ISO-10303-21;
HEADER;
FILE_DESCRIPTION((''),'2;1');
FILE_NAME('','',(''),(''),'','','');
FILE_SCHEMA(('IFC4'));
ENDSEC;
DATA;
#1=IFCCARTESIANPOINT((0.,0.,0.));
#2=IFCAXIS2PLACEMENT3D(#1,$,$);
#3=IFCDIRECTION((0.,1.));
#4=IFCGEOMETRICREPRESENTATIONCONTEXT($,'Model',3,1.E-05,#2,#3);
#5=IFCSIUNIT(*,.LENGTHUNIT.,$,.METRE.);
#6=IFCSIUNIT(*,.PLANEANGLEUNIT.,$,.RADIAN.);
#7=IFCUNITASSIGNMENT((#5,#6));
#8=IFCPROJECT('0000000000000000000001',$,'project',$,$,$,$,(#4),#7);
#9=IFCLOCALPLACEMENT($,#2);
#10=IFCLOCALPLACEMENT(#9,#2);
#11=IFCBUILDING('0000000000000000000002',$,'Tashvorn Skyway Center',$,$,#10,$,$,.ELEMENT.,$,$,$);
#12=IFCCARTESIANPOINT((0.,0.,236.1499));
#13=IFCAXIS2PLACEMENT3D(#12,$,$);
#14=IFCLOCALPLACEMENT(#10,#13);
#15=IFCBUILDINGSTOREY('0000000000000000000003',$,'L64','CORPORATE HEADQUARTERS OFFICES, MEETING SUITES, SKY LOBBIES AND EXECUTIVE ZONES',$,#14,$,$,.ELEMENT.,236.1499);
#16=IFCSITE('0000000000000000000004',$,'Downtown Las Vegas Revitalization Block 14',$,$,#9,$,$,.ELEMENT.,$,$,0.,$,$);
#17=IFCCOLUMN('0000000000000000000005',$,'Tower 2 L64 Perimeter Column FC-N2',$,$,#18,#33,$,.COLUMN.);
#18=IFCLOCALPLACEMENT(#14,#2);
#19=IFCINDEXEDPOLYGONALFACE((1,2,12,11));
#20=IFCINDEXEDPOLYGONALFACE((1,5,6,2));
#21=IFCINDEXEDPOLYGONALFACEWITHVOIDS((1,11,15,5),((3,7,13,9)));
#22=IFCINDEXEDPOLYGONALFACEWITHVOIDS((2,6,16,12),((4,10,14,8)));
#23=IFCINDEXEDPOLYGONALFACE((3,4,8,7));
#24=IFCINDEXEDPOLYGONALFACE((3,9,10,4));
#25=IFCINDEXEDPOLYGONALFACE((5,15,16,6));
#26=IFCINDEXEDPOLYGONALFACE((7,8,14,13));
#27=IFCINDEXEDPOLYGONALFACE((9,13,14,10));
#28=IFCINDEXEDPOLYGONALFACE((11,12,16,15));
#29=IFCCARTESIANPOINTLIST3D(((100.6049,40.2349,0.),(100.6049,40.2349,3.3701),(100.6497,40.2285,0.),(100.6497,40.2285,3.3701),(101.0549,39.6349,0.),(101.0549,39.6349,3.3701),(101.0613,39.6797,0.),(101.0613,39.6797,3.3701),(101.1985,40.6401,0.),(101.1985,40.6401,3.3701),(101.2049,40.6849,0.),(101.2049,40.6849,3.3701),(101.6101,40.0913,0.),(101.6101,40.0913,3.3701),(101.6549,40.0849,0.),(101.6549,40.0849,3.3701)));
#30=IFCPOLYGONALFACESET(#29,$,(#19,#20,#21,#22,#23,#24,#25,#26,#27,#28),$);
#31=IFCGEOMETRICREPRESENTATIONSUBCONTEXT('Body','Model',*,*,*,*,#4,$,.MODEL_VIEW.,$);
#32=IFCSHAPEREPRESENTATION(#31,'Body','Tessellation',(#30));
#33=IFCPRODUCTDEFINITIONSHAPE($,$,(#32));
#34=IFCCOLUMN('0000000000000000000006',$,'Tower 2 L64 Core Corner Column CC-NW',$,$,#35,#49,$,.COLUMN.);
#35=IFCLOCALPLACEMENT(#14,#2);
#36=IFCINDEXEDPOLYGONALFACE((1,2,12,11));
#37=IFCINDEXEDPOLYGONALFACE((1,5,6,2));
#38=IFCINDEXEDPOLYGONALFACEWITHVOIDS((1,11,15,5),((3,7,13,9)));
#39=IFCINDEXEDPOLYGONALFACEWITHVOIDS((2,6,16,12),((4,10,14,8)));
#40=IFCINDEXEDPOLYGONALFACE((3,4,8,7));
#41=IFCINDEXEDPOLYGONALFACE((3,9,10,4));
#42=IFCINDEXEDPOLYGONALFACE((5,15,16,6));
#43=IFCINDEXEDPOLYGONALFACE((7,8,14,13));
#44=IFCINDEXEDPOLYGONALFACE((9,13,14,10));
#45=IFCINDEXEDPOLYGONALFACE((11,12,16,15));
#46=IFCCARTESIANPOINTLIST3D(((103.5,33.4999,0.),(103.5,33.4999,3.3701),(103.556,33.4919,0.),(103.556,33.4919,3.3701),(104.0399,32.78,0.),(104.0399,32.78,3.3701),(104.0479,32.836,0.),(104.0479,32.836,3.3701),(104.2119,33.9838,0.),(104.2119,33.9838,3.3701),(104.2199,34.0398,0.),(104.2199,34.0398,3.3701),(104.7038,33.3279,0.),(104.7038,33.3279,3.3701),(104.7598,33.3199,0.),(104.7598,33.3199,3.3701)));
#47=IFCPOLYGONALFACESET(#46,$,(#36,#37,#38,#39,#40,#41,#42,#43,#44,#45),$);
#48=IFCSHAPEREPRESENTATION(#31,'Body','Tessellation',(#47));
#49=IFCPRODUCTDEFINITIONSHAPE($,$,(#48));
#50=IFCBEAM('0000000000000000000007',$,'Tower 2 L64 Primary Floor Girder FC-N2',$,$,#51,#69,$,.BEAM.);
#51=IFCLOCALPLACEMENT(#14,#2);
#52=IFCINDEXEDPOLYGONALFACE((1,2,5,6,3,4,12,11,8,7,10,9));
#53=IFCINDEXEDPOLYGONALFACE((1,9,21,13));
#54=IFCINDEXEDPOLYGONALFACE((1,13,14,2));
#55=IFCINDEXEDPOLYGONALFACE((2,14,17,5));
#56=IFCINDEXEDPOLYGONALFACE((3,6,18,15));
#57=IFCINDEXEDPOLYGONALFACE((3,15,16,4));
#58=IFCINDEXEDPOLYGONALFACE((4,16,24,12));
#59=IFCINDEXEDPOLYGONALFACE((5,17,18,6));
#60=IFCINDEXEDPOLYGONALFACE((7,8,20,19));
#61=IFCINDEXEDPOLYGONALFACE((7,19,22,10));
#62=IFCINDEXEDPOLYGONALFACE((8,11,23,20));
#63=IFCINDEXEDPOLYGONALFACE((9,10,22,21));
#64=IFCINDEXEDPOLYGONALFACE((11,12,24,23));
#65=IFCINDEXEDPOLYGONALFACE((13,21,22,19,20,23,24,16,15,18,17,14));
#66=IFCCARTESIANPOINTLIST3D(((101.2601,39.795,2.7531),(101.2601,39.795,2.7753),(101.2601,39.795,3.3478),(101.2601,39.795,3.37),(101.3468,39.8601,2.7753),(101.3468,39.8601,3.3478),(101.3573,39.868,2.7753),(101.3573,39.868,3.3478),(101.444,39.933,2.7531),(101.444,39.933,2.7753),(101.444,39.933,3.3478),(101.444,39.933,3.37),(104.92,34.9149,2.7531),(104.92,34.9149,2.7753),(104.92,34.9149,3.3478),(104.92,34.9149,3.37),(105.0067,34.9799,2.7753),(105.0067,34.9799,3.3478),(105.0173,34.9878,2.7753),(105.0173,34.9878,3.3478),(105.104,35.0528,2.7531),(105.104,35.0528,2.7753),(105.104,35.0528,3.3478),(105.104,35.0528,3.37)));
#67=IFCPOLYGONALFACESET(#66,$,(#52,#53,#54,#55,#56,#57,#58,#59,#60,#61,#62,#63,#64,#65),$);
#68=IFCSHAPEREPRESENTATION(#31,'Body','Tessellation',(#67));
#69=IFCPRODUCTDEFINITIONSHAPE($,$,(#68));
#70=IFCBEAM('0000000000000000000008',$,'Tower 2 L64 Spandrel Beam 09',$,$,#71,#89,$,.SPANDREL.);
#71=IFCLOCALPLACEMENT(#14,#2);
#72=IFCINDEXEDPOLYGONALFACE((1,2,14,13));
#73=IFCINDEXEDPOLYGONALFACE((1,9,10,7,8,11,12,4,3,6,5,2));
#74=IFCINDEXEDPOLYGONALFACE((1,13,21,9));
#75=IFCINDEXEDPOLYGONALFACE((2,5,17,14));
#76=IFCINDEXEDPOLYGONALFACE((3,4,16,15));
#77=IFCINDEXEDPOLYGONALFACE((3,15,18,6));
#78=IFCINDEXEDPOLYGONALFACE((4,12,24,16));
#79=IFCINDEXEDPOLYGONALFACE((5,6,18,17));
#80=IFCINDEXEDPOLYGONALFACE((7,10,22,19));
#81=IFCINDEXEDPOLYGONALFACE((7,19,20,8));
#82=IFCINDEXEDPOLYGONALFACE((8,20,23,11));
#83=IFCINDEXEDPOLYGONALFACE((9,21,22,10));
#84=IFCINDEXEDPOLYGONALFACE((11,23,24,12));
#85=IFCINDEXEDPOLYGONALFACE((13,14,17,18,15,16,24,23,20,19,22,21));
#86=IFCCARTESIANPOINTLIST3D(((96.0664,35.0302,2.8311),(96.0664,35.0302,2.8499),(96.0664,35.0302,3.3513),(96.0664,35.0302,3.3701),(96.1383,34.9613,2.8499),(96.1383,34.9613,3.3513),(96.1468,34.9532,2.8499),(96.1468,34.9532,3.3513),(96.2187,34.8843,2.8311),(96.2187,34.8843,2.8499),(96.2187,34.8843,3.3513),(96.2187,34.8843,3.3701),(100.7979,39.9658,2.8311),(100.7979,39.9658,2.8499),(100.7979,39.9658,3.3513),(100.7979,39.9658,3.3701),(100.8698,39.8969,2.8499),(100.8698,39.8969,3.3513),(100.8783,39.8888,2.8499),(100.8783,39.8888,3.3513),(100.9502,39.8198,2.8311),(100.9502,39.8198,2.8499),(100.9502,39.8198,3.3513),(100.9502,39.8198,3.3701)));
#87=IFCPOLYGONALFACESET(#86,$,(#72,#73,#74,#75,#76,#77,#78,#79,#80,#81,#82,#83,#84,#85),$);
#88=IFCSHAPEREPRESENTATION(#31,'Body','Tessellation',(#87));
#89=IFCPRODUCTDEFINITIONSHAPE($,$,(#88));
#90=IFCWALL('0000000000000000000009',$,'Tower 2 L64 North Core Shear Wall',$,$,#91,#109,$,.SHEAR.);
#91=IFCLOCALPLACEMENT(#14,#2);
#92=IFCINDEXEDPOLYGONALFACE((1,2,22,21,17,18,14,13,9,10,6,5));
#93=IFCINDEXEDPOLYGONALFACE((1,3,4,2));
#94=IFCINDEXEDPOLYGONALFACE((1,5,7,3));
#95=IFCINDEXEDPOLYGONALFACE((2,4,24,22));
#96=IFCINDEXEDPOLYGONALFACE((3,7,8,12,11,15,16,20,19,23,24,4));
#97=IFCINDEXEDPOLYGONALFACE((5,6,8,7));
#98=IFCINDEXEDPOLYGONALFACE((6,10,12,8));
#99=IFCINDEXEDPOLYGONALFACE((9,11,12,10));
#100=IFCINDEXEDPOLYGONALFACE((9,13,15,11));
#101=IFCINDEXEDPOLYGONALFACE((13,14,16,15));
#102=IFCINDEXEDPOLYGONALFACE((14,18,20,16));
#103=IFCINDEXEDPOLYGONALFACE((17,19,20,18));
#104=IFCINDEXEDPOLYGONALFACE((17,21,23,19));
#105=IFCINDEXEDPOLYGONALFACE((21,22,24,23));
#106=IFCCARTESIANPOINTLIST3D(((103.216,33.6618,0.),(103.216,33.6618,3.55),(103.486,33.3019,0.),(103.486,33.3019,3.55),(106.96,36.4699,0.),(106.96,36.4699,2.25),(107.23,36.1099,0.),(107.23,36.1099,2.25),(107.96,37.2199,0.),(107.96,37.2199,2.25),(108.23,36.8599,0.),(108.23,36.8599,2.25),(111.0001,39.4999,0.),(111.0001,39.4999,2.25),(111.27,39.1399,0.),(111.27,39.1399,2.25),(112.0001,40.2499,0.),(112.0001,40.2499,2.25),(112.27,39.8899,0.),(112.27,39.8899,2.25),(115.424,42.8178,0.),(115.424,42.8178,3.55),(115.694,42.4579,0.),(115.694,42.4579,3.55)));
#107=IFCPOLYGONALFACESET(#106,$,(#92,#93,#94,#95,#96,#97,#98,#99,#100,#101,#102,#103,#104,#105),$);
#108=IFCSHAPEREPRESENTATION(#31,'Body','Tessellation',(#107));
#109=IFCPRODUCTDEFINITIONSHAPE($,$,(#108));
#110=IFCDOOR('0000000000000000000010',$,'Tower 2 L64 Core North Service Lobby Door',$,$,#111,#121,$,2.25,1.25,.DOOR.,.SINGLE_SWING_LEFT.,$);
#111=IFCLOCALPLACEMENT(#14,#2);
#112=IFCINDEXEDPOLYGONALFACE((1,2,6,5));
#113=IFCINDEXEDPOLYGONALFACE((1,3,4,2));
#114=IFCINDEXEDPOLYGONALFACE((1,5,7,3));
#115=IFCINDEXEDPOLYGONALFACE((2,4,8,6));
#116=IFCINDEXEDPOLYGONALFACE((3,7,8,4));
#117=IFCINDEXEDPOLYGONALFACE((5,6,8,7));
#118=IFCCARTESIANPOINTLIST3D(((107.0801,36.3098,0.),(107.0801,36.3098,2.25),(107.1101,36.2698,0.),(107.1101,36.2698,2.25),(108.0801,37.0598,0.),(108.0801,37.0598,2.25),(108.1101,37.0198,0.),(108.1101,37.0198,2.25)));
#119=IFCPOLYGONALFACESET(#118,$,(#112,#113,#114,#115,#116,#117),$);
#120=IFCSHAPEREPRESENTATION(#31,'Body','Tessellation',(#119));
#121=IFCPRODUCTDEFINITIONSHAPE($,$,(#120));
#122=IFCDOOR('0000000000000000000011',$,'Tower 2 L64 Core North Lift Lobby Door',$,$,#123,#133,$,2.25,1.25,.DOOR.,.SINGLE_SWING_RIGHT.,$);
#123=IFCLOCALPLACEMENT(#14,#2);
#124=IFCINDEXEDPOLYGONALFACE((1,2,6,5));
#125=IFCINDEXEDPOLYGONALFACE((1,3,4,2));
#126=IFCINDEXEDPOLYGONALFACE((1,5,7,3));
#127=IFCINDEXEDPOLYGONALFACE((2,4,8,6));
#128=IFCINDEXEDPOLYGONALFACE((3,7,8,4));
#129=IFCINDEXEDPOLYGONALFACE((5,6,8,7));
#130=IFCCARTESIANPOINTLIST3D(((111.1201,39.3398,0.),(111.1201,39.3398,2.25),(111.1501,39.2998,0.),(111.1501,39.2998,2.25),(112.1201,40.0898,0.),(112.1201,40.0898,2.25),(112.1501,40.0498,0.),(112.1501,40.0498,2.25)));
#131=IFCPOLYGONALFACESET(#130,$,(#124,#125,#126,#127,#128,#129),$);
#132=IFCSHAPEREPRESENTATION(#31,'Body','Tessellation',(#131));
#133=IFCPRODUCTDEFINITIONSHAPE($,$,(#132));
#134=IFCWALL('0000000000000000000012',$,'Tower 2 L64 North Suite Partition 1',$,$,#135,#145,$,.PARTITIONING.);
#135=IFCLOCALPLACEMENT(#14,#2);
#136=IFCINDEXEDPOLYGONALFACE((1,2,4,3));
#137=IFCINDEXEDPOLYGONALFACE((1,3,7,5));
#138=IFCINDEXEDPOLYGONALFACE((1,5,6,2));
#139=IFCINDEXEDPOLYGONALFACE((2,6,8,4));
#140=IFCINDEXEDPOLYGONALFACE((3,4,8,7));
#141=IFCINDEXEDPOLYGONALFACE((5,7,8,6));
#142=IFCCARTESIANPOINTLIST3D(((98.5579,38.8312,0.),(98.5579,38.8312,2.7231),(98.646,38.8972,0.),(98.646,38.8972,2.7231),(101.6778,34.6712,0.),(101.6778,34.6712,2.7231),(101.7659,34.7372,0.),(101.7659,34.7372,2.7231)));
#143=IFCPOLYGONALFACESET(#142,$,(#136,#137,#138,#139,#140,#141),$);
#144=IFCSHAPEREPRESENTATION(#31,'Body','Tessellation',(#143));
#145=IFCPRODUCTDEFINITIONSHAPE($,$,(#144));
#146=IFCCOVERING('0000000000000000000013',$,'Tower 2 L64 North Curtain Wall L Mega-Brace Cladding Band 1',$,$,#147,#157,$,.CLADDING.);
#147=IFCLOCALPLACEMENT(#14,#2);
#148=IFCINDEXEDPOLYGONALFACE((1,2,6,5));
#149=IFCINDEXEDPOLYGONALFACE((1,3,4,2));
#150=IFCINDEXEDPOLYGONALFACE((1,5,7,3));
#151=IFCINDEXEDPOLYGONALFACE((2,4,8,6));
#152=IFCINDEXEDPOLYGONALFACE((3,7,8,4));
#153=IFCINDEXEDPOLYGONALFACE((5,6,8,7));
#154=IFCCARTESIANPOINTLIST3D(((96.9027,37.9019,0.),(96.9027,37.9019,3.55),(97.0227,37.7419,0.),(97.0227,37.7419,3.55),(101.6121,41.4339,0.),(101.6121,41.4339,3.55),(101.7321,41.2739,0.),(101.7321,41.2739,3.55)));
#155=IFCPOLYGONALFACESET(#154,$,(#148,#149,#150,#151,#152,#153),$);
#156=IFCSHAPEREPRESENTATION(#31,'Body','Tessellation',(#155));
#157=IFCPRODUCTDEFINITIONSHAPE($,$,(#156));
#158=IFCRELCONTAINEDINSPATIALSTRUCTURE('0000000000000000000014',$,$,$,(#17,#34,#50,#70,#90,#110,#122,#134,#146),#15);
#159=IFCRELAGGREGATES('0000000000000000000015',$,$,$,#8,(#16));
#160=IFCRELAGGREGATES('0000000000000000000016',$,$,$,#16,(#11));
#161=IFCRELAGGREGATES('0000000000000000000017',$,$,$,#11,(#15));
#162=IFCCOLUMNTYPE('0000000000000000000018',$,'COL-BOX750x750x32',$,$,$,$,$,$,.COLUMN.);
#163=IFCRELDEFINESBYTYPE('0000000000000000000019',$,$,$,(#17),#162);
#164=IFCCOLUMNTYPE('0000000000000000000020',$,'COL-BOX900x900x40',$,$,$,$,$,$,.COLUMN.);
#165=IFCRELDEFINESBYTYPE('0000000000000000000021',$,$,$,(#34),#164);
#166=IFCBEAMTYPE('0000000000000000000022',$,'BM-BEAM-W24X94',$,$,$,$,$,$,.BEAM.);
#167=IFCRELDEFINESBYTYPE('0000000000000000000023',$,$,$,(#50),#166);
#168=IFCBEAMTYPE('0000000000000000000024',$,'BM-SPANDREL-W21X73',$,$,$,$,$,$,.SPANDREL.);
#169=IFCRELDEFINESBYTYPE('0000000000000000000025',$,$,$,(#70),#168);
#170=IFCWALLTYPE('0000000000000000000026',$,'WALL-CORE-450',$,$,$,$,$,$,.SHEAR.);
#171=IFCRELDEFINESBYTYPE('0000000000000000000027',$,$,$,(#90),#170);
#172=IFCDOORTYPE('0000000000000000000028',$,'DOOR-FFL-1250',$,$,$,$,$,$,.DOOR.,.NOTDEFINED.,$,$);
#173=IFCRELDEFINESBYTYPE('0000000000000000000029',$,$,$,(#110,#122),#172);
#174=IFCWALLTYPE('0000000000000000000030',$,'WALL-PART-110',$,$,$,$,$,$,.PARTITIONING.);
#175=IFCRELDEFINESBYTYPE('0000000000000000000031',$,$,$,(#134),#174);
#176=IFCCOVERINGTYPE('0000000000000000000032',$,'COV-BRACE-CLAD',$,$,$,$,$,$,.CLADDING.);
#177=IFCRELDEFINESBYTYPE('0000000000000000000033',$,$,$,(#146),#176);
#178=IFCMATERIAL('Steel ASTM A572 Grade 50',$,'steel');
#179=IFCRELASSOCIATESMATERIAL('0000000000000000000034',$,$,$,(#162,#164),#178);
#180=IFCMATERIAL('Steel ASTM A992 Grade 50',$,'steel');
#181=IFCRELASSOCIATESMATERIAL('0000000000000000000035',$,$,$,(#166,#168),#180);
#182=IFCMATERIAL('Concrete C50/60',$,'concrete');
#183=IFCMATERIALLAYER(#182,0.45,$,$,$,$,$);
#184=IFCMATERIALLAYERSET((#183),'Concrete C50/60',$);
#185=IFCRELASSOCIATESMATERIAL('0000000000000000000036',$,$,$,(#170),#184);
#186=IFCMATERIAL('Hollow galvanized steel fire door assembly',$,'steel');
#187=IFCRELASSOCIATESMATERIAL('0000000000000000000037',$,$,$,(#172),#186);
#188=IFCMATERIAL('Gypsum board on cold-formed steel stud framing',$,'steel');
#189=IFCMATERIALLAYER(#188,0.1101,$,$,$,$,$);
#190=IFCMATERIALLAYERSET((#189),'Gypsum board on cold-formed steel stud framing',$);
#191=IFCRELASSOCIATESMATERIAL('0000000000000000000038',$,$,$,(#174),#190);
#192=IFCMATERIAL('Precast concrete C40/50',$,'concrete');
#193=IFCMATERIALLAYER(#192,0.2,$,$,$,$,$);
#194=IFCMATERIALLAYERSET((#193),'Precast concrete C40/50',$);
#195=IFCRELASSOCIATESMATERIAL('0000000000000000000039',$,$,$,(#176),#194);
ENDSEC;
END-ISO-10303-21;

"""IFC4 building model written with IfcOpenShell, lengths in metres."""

from ifc_helpers import new_model, si_unit, direction, frame, frame_2d, origin, origin_2d, place, context, subcontext, project, spatial, rectangle, hollow_rectangle, i_section, extrude, material, layer, layer_set, material_profile, profile_set, type_object, element, fill, save


model = new_model("IFC4")

# Units and contexts
model_context = context("Model", 3, precision=1e-05, world=origin(), true_north=direction((0.0, 1.0)))
body_context = subcontext(model_context, "Body", "Model", "MODEL_VIEW")
ifc_project = project(units=[si_unit("LENGTHUNIT", "METRE"), si_unit("PLANEANGLEUNIT", "RADIAN")], contexts=[model_context])

# Site, building, storey
site_placement = place(None, origin())
site = spatial("IfcSite", under=ifc_project, at=site_placement, Name="Downtown Las Vegas Revitalization Block 14", CompositionType="ELEMENT", RefElevation=0.0)
building_placement = place(site_placement, origin())
building = spatial("IfcBuilding", under=site, at=building_placement, Name="Tashvorn Skyway Center", CompositionType="ELEMENT")
storey_placement = place(building_placement, frame((0.0, 0.0, 236.1499)))
storey = spatial("IfcBuildingStorey", under=building, at=storey_placement, Name="L64", Description="CORPORATE HEADQUARTERS OFFICES, MEETING SUITES, SKY LOBBIES AND EXECUTIVE ZONES", CompositionType="ELEMENT", Elevation=236.1499)

# Columns
ifc_material_1 = material(Name="Steel ASTM A572 Grade 50", Category="steel")
ifc_material_profile_1 = material_profile(ifc_material_1, hollow_rectangle(XDim=0.75, YDim=0.75, WallThickness=0.032, at=origin_2d()), Name="BOX750x750x32")
ifc_profile_set_1 = profile_set([ifc_material_profile_1], Name="Steel ASTM A572 Grade 50")
column_type_1 = type_object("IfcColumnType", Name="COL-BOX750x750x32", PredefinedType="COLUMN", material=ifc_profile_set_1)
column_1_placement = place(storey_placement, frame((101.1299, 40.1599, 0.0), z_axis=(0.0, 0.0, 1.0), x_axis=(0.8, 0.6, 0.0)))
element("IfcColumn", 1, at=column_1_placement, inside=storey, type_object=column_type_1, Name="Tower 2 L64 Perimeter Column FC-N2", PredefinedType="COLUMN", context=body_context, shape_type="SweptSolid", body=[
    extrude(hollow_rectangle(XDim=0.75, YDim=0.75, WallThickness=0.032, at=origin_2d()), origin(), (0.0, 0.0, 1.0), 3.3701),
])
ifc_material_profile_2 = material_profile(ifc_material_1, hollow_rectangle(XDim=0.8999, YDim=0.8999, WallThickness=0.04, at=origin_2d()), Name="BOX900x900x40")
ifc_profile_set_2 = profile_set([ifc_material_profile_2], Name="Steel ASTM A572 Grade 50")
column_type_2 = type_object("IfcColumnType", Name="COL-BOX900x900x40", PredefinedType="COLUMN", material=ifc_profile_set_2)
column_2_placement = place(storey_placement, frame((104.1299, 33.4099, 0.0), z_axis=(0.0, 0.0, 1.0), x_axis=(0.8, 0.6, 0.0)))
element("IfcColumn", 2, at=column_2_placement, inside=storey, type_object=column_type_2, Name="Tower 2 L64 Core Corner Column CC-NW", PredefinedType="COLUMN", context=body_context, shape_type="SweptSolid", body=[
    extrude(hollow_rectangle(XDim=0.8999, YDim=0.8999, WallThickness=0.04, at=origin_2d()), origin(), (0.0, 0.0, 1.0), 3.3701),
])

# Beams
ifc_material_2 = material(Name="Steel ASTM A992 Grade 50", Category="steel")
ifc_material_profile_3 = material_profile(ifc_material_2, i_section(OverallWidth=0.23, OverallDepth=0.6169, WebThickness=0.0132, FlangeThickness=0.0222, at=origin_2d()), Name="W24X94")
ifc_profile_set_3 = profile_set([ifc_material_profile_3], Name="Steel ASTM A992 Grade 50")
beam_type_1 = type_object("IfcBeamType", Name="BM-BEAM-W24X94", PredefinedType="BEAM", material=ifc_profile_set_3)
beam_1_placement = place(storey_placement, frame((101.3521, 39.864, 3.0615), z_axis=(0.599981, -0.800014, 0.0), x_axis=(0.800014, 0.599981, 0.0)))
element("IfcBeam", 3, at=beam_1_placement, inside=storey, type_object=beam_type_1, Name="Tower 2 L64 Primary Floor Girder FC-N2", PredefinedType="BEAM", context=body_context, shape_type="SweptSolid", body=[
    extrude(i_section(OverallWidth=0.23, OverallDepth=0.6169, WebThickness=0.0132, FlangeThickness=0.0222, at=origin_2d()), origin(), (0.0, 0.0, 1.0), 6.1001),
])
ifc_material_profile_4 = material_profile(ifc_material_2, i_section(OverallWidth=0.2109, OverallDepth=0.5391, WebThickness=0.0117, FlangeThickness=0.0188, at=origin_2d()), Name="W21X73")
ifc_profile_set_4 = profile_set([ifc_material_profile_4], Name="Steel ASTM A992 Grade 50")
beam_type_2 = type_object("IfcBeamType", Name="BM-SPANDREL-W21X73", PredefinedType="SPANDREL", material=ifc_profile_set_4)
beam_2_placement = place(storey_placement, frame((100.874, 39.8928, 3.1006), z_axis=(-0.692023, -0.721875, 0.0), x_axis=(0.721875, -0.692023, 0.0)))
element("IfcBeam", 4, at=beam_2_placement, inside=storey, type_object=beam_type_2, Name="Tower 2 L64 Spandrel Beam 09", PredefinedType="SPANDREL", context=body_context, shape_type="SweptSolid", body=[
    extrude(i_section(OverallWidth=0.2109, OverallDepth=0.5391, WebThickness=0.0117, FlangeThickness=0.0188, at=origin_2d()), origin(), (0.0, 0.0, 1.0), 6.8372),
])

# Wall, openings, doors
ifc_material_3 = material(Name="Concrete C50/60", Category="concrete")
ifc_layer_1 = layer(ifc_material_3, 0.45)
ifc_layer_set_1 = layer_set([ifc_layer_1], Name="Concrete C50/60")
wall_type_1 = type_object("IfcWallType", Name="WALL-CORE-450", PredefinedType="SHEAR", material=ifc_layer_set_1)
wall_1_placement = place(storey_placement, frame((103.3511, 33.4819, 0.0), z_axis=(0.0, 0.0, 1.0), x_axis=(0.8, 0.6, 0.0)))
wall_1 = element("IfcWall", 5, at=wall_1_placement, inside=storey, type_object=wall_type_1, Name="Tower 2 L64 North Core Shear Wall", PredefinedType="SHEAR", context=body_context, shape_type="SweptSolid", body=[
    extrude(rectangle(XDim=15.26, YDim=0.45, at=frame_2d((7.6299, 0.0))), origin(), (0.0, 0.0, 1.0), 3.55),
])
opening_1_placement = place(wall_1_placement, frame((4.6799, 0.0, 0.0)))
opening_1 = element("IfcOpeningElement", 6, at=opening_1_placement, cuts=wall_1, PredefinedType="OPENING", context=body_context, shape_type="SweptSolid", body=[
    extrude(rectangle(XDim=1.25, YDim=2.25, at=frame_2d((0.625, 1.125))), frame((0.0, 0.2349, 0.0), z_axis=(0.0, -1.0, 0.0), x_axis=(1.0, 0.0, 0.0)), (0.0, 0.0, 1.0), 0.47),
])
opening_2_placement = place(wall_1_placement, frame((9.73, 0.0, 0.0)))
opening_2 = element("IfcOpeningElement", 7, at=opening_2_placement, cuts=wall_1, PredefinedType="OPENING", context=body_context, shape_type="SweptSolid", body=[
    extrude(rectangle(XDim=1.25, YDim=2.25, at=frame_2d((0.625, 1.125))), frame((0.0, 0.2349, 0.0), z_axis=(0.0, -1.0, 0.0), x_axis=(1.0, 0.0, 0.0)), (0.0, 0.0, 1.0), 0.47),
])
ifc_material_4 = material(Name="Hollow galvanized steel fire door assembly", Category="steel")
door_type_1 = type_object("IfcDoorType", Name="DOOR-FFL-1250", OperationType="NOTDEFINED", PredefinedType="DOOR", material=ifc_material_4)
door_1_placement = place(opening_1_placement, origin())
door_1 = element("IfcDoor", 8, at=door_1_placement, inside=storey, type_object=door_type_1, Name="Tower 2 L64 Core North Service Lobby Door", OperationType="SINGLE_SWING_LEFT", OverallHeight=2.25, OverallWidth=1.25, PredefinedType="DOOR", context=body_context, shape_type="SweptSolid", body=[
    extrude(rectangle(XDim=1.25, YDim=2.25, at=frame_2d((0.625, 1.125))), frame((0.0, 0.0249, 0.0), z_axis=(0.0, -1.0, 0.0), x_axis=(1.0, 0.0, 0.0)), (0.0, 0.0, 1.0), 0.05),
])
fill(opening_1, door_1)
door_2_placement = place(opening_2_placement, origin())
door_2 = element("IfcDoor", 9, at=door_2_placement, inside=storey, type_object=door_type_1, Name="Tower 2 L64 Core North Lift Lobby Door", OperationType="SINGLE_SWING_RIGHT", OverallHeight=2.25, OverallWidth=1.25, PredefinedType="DOOR", context=body_context, shape_type="SweptSolid", body=[
    extrude(rectangle(XDim=1.25, YDim=2.25, at=frame_2d((0.625, 1.125))), frame((0.0, 0.0249, 0.0), z_axis=(0.0, -1.0, 0.0), x_axis=(1.0, 0.0, 0.0)), (0.0, 0.0, 1.0), 0.05),
])
fill(opening_2, door_2)

# Shared definitions
ifc_material_5 = material(Name="Precast concrete C40/50", Category="concrete")

# Wall
ifc_material_6 = material(Name="Gypsum board on cold-formed steel stud framing", Category="steel")
ifc_layer_2 = layer(ifc_material_6, 0.1101)
ifc_layer_set_2 = layer_set([ifc_layer_2], Name="Gypsum board on cold-formed steel stud framing")
wall_type_2 = type_object("IfcWallType", Name="WALL-PART-110", PredefinedType="PARTITIONING", material=ifc_layer_set_2)
wall_2_placement = place(storey_placement, frame((101.7219, 34.7041, 0.0), z_axis=(0.0, 0.0, 1.0), x_axis=(-0.599992, 0.800006, 0.0)))
element("IfcWall", 10, at=wall_2_placement, inside=storey, type_object=wall_type_2, Name="Tower 2 L64 North Suite Partition 1", PredefinedType="PARTITIONING", context=body_context, shape_type="SweptSolid", body=[
    extrude(rectangle(XDim=5.2, YDim=0.1101, at=frame_2d((2.6001, 0.0))), origin(), (0.0, 0.0, 1.0), 2.7231),
])

# Covering
ifc_layer_3 = layer(ifc_material_5, 0.2)
ifc_layer_set_3 = layer_set([ifc_layer_3], Name="Precast concrete C40/50")
covering_type_1 = type_object("IfcCoveringType", Name="COV-BRACE-CLAD", PredefinedType="CLADDING", material=ifc_layer_set_3)
covering_1_placement = place(storey_placement, frame((99.3174, 39.5879, 0.0), z_axis=(0.0, 0.0, 1.0), x_axis=(0.8, 0.6, 0.0)))
element("IfcCovering", 11, at=covering_1_placement, inside=storey, type_object=covering_type_1, Name="Tower 2 L64 North Curtain Wall L Mega-Brace Cladding Band 1", PredefinedType="CLADDING", context=body_context, shape_type="SweptSolid", body=[
    extrude(rectangle(XDim=5.8867, YDim=0.2, at=origin_2d()), origin(), (0.0, 0.0, 1.0), 3.55),
])

save(model, "model.ifc")
